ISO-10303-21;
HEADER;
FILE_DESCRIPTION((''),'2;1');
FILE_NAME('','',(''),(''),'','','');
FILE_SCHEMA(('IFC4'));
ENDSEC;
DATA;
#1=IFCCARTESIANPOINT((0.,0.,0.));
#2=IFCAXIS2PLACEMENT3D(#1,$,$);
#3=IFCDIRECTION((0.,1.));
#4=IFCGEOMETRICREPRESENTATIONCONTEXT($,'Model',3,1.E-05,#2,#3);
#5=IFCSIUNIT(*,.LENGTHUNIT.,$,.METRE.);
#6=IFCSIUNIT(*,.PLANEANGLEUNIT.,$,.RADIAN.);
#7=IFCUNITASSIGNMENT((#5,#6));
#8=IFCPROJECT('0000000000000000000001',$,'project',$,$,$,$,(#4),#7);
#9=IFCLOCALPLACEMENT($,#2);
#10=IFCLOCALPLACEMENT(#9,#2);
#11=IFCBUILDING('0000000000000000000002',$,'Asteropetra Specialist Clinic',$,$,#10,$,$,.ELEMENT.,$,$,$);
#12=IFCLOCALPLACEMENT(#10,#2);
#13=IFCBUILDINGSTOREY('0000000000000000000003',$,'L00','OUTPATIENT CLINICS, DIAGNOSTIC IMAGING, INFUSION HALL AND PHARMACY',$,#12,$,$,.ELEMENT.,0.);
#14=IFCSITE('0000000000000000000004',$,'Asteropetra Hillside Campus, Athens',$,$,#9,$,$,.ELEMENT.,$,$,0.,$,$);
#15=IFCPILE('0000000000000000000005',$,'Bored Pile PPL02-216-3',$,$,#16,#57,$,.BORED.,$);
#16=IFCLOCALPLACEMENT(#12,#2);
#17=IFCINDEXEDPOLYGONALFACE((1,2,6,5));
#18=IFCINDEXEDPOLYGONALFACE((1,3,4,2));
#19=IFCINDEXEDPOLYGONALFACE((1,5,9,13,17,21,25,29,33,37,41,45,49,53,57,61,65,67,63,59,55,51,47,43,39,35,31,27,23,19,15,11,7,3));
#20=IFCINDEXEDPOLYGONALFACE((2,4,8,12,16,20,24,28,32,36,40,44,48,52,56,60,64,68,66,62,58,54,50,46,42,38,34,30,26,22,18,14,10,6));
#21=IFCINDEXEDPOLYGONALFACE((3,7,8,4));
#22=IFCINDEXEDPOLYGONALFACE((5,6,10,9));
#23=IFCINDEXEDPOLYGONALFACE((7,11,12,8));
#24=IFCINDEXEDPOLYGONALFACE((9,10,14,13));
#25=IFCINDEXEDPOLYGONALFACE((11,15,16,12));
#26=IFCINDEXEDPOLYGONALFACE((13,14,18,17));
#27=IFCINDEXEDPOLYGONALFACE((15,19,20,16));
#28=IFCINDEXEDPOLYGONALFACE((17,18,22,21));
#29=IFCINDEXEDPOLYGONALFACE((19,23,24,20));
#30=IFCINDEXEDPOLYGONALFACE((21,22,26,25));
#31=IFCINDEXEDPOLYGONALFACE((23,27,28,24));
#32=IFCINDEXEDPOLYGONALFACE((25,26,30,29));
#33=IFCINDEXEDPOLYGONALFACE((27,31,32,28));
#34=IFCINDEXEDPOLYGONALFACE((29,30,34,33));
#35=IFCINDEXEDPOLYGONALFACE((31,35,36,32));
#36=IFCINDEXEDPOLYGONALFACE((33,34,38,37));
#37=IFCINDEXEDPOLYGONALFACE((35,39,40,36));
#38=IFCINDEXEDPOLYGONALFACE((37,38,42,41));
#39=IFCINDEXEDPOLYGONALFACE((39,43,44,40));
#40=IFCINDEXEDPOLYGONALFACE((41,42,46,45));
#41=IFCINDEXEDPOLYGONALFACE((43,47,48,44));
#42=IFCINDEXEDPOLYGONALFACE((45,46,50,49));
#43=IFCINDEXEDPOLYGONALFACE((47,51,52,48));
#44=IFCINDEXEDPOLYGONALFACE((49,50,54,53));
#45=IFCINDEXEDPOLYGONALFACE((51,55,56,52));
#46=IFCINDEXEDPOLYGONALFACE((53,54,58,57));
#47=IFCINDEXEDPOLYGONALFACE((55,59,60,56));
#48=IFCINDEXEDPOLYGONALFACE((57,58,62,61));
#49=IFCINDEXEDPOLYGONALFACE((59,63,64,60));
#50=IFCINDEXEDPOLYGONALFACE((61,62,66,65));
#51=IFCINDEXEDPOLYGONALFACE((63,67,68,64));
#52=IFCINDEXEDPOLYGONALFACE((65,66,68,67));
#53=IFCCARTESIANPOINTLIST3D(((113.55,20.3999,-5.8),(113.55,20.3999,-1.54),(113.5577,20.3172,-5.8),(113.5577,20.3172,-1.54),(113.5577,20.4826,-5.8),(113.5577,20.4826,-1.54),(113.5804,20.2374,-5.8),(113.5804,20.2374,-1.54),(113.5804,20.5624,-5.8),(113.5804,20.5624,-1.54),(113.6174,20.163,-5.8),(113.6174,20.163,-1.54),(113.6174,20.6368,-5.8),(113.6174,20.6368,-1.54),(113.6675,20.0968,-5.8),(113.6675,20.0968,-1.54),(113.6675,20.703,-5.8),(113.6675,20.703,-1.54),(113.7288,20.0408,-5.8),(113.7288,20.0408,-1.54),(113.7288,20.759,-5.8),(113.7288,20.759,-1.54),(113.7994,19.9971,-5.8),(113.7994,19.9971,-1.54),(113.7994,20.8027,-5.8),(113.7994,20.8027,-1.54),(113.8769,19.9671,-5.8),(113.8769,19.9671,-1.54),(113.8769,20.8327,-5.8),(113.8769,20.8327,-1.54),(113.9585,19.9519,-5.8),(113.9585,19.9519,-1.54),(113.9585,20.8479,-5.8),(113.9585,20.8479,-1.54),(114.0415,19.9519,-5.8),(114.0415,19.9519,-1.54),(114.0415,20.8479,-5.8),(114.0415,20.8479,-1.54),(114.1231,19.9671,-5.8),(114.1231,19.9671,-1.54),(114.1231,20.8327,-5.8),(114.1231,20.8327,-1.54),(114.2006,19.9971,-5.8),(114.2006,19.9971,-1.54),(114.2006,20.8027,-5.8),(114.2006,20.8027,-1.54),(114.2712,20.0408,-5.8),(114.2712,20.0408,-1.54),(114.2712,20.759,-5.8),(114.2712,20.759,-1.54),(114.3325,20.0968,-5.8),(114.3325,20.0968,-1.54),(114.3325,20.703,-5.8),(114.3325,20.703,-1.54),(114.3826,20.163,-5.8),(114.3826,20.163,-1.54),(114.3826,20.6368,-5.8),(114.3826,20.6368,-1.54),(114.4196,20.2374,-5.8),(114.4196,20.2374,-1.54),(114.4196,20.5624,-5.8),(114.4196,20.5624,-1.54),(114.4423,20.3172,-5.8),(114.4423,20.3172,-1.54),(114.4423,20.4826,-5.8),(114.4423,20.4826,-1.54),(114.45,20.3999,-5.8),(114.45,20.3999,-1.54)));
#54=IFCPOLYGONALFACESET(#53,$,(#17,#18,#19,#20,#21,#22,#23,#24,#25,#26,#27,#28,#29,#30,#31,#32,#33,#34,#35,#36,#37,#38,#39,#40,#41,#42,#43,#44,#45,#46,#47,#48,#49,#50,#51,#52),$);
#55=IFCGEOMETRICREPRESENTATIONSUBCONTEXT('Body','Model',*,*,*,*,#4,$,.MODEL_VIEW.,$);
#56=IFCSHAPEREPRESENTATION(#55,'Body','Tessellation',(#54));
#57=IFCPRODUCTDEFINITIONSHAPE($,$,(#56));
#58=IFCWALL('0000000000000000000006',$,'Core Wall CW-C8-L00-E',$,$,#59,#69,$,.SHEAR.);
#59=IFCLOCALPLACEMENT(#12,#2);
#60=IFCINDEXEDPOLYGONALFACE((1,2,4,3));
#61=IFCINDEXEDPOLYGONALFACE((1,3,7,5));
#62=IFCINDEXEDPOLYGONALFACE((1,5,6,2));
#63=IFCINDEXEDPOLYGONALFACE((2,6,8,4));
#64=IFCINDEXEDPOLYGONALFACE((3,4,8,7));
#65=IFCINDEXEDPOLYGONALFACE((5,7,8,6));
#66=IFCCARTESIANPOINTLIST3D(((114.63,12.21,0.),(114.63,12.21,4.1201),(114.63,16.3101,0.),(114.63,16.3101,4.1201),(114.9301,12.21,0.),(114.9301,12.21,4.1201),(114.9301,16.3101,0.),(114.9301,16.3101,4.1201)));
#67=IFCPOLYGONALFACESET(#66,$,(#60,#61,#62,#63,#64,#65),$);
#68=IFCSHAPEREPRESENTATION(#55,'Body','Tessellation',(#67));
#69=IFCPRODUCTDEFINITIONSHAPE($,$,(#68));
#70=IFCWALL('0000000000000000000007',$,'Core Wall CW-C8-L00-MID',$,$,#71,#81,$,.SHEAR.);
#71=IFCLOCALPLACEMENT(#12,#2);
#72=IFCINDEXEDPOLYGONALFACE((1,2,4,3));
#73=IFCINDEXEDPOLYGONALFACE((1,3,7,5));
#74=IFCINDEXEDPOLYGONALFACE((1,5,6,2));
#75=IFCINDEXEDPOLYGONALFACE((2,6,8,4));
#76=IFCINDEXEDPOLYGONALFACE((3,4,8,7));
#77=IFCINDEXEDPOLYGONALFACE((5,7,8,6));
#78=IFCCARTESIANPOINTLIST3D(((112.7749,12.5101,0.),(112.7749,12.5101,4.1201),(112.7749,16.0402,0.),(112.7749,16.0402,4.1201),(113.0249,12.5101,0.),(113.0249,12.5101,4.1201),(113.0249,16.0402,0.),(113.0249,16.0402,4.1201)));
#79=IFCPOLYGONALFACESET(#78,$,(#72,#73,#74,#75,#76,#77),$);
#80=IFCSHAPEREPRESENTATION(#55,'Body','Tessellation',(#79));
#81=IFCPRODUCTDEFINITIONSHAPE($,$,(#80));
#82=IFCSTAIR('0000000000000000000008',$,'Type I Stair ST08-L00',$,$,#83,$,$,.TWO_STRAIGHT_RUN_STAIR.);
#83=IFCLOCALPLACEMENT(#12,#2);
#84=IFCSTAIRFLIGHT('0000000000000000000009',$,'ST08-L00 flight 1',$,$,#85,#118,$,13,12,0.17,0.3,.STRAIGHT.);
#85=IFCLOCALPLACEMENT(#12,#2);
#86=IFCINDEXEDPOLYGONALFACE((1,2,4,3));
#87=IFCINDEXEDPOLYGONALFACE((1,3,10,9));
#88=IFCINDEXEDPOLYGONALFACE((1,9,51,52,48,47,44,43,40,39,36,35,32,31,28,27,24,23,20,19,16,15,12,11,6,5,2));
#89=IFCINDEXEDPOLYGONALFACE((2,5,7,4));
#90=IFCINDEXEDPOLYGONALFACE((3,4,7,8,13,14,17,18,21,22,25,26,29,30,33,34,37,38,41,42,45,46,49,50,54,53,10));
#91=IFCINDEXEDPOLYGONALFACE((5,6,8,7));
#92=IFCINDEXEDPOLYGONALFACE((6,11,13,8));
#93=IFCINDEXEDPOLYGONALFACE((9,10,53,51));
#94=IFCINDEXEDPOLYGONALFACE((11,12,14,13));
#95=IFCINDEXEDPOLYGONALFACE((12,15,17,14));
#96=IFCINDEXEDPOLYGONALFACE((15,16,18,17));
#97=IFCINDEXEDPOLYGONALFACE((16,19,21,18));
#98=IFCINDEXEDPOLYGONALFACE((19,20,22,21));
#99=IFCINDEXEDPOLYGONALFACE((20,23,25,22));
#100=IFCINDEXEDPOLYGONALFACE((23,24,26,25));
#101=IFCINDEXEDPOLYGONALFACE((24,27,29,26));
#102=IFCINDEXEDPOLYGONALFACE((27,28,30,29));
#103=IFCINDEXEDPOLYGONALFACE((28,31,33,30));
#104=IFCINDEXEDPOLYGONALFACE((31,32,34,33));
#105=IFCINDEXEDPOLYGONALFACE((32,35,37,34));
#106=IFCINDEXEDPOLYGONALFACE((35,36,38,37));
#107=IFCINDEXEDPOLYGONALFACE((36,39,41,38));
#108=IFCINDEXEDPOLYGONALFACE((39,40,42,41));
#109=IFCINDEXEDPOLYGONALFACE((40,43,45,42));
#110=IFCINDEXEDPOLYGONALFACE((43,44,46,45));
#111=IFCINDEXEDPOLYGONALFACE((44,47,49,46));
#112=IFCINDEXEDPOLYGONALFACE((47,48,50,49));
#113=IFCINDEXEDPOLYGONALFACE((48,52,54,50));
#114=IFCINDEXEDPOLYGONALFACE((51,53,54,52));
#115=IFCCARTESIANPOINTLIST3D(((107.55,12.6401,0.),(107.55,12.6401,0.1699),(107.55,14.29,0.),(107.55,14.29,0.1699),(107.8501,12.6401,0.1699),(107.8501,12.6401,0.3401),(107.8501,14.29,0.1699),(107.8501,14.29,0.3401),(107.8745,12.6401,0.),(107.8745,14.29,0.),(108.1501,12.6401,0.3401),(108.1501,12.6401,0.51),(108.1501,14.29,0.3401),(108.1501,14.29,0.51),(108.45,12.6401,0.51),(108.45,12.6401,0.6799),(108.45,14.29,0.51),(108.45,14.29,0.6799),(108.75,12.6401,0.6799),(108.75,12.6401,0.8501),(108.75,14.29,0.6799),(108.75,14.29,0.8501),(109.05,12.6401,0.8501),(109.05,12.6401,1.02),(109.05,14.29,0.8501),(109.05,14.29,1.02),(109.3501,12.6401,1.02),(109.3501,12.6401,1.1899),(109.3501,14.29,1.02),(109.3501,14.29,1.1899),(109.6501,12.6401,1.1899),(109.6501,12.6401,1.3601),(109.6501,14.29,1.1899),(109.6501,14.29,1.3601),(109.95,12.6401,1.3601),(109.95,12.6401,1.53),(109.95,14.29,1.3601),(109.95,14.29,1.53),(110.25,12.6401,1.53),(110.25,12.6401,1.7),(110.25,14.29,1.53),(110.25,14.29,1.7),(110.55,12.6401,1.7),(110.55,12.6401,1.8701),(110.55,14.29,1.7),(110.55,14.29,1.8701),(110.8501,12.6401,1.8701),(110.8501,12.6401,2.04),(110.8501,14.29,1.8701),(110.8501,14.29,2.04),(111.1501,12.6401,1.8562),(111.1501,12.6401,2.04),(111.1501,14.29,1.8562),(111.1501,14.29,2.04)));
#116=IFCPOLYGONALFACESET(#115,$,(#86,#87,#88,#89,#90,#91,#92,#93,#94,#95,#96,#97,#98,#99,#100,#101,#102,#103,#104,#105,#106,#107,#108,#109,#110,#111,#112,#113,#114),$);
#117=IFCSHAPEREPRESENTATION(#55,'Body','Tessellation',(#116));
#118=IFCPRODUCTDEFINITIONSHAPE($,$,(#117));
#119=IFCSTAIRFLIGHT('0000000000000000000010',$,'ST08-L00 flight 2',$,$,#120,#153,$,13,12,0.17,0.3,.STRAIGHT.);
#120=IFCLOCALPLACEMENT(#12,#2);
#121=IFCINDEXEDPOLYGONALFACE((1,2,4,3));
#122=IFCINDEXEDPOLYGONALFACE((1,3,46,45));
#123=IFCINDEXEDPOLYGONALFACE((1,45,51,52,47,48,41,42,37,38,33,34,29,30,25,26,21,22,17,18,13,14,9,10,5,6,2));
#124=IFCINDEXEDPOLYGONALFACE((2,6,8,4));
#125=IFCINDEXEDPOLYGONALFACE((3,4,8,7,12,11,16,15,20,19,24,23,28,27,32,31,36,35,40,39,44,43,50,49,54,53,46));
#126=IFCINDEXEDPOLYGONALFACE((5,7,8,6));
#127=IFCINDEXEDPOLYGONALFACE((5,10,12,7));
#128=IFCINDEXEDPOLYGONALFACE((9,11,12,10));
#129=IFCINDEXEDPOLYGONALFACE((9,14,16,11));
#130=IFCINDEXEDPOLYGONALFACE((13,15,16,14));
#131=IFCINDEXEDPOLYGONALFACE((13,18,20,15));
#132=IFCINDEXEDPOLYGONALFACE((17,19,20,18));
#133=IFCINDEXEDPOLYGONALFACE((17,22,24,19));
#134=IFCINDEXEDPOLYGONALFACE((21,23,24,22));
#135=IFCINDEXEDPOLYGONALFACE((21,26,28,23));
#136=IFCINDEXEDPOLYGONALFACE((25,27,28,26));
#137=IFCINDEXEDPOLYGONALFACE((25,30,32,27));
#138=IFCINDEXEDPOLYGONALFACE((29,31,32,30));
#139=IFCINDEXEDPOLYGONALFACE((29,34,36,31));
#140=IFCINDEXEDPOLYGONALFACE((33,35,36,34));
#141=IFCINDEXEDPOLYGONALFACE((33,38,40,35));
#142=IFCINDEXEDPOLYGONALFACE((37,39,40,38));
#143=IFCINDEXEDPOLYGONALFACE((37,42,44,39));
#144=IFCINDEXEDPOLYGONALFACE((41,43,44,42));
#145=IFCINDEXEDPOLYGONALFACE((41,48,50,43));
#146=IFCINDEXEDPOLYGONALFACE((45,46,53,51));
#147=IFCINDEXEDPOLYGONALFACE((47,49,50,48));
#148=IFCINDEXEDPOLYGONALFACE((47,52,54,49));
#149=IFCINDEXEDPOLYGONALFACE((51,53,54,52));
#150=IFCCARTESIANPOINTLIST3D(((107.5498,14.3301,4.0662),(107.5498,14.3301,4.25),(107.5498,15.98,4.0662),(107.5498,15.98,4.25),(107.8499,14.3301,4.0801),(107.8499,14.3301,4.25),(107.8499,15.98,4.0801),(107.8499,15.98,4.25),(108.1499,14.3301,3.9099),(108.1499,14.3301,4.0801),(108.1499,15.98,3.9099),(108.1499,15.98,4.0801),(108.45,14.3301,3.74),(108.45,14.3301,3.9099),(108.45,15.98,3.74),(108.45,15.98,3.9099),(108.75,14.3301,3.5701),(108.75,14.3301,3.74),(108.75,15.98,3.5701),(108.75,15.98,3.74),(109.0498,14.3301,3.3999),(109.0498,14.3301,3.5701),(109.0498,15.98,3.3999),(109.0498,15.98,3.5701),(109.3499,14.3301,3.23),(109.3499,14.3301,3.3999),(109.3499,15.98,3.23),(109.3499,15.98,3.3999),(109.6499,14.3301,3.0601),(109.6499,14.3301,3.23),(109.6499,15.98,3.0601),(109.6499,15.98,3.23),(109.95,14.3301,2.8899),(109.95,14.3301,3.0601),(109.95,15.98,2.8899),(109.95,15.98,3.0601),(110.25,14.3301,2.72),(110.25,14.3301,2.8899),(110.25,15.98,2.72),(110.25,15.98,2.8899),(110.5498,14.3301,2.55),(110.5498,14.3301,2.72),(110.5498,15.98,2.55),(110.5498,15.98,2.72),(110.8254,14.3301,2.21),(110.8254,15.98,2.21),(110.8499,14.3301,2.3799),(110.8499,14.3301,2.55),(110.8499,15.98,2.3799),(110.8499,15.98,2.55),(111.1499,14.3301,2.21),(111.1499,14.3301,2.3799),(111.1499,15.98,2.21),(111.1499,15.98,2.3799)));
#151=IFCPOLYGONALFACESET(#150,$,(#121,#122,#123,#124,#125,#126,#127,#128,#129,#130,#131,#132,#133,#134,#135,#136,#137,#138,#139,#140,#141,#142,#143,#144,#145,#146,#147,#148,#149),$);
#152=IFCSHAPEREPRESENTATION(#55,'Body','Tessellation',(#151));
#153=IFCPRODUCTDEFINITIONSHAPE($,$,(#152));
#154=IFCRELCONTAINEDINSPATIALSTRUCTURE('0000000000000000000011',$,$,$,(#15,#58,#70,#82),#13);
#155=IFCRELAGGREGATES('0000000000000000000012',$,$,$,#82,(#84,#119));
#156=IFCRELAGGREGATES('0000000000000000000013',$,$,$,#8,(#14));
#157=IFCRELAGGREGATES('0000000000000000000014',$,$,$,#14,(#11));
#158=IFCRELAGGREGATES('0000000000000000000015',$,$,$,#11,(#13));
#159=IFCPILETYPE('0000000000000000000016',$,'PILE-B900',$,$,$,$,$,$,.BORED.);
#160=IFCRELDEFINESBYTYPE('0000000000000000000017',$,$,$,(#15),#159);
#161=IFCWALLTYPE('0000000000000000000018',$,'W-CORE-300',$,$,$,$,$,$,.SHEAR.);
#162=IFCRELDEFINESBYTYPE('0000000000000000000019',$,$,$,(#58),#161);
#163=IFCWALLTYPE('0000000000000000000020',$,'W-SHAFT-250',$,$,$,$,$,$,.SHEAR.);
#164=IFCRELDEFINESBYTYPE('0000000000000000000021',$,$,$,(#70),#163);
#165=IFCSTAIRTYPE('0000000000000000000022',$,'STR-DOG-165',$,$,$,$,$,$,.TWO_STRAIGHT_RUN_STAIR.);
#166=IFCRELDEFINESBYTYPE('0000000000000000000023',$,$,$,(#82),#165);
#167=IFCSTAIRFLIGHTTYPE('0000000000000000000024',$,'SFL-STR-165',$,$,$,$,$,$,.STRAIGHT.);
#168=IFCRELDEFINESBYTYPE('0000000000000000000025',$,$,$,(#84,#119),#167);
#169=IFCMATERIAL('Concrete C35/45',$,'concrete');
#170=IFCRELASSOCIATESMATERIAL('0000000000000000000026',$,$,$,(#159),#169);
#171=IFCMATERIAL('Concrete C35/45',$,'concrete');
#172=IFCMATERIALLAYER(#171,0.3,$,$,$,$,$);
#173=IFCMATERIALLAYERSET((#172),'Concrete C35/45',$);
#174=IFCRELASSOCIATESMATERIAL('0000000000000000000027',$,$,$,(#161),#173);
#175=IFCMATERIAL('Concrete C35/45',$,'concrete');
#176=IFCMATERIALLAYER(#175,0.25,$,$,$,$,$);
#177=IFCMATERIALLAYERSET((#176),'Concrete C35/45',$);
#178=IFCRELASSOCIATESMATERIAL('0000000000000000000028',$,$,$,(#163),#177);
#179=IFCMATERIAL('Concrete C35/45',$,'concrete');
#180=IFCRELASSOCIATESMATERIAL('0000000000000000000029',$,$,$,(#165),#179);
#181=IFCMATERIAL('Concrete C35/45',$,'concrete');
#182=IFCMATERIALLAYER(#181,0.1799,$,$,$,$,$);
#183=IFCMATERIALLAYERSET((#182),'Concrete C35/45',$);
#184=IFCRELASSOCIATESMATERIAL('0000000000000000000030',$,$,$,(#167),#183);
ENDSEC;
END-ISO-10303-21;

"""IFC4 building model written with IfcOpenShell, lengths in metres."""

from ifc_helpers import new_model, si_unit, direction, frame, frame_2d, origin, origin_2d, place, context, subcontext, project, spatial, polyline, rectangle, circle, outline, extrude, material, layer, layer_set, material_profile, profile_set, type_object, element, aggregate, save


model = new_model("IFC4")

# Units and contexts
model_context = context("Model", 3, precision=1e-05, world=origin(), true_north=direction((0.0, 1.0)))
body_context = subcontext(model_context, "Body", "Model", "MODEL_VIEW")
ifc_project = project(units=[si_unit("LENGTHUNIT", "METRE"), si_unit("PLANEANGLEUNIT", "RADIAN")], contexts=[model_context])

# Site, building, storey
site_placement = place(None, origin())
site = spatial("IfcSite", under=ifc_project, at=site_placement, Name="Asteropetra Hillside Campus, Athens", CompositionType="ELEMENT", RefElevation=0.0)
building_placement = place(site_placement, origin())
building = spatial("IfcBuilding", under=site, at=building_placement, Name="Asteropetra Specialist Clinic", CompositionType="ELEMENT")
storey_placement = place(building_placement, origin())
storey = spatial("IfcBuildingStorey", under=building, at=storey_placement, Name="L00", Description="OUTPATIENT CLINICS, DIAGNOSTIC IMAGING, INFUSION HALL AND PHARMACY", CompositionType="ELEMENT", Elevation=0.0)

# Pile
ifc_material_1 = material(Name="Concrete C35/45", Category="concrete")
ifc_material_profile_1 = material_profile(ifc_material_1, circle(Radius=0.45, at=origin_2d()), Name="PILE D900")
ifc_profile_set_1 = profile_set([ifc_material_profile_1], Name="Concrete C35/45")
pile_type_1 = type_object("IfcPileType", Name="PILE-B900", PredefinedType="BORED", material=ifc_profile_set_1)
for number, where, z_axis, x_axis, name in (
    (1, (114.0, 20.3999, -1.54), (0.0, 0.0, -1.0), (1.0, 0.0, 0.0), "Bored Pile PPL02-216-3"),
):
    element("IfcPile", number, at=place(storey_placement, frame(where, z_axis=z_axis, x_axis=x_axis)), inside=storey, type_object=pile_type_1, Name=name, PredefinedType="BORED", context=body_context, shape_type="SweptSolid", body=[
        extrude(circle(Radius=0.45, at=origin_2d()), origin(), (0.0, 0.0, 1.0), 4.26),
    ])

# Walls
ifc_material_2 = material(Name="Concrete C35/45", Category="concrete")
ifc_layer_1 = layer(ifc_material_2, 0.3)
ifc_layer_set_1 = layer_set([ifc_layer_1], Name="Concrete C35/45")
wall_type_1 = type_object("IfcWallType", Name="W-CORE-300", PredefinedType="SHEAR", material=ifc_layer_set_1)
wall_1_placement = place(storey_placement, frame((114.78, 12.21, 0.0), z_axis=(0.0, 0.0, 1.0), x_axis=(0.0, 1.0, 0.0)))
element("IfcWall", 2, at=wall_1_placement, inside=storey, type_object=wall_type_1, Name="Core Wall CW-C8-L00-E", PredefinedType="SHEAR", context=body_context, shape_type="SweptSolid", body=[
    extrude(rectangle(XDim=4.1001, YDim=0.3, at=frame_2d((2.05, 0.0))), origin(), (0.0, 0.0, 1.0), 4.1201),
])
ifc_material_3 = material(Name="Concrete C35/45", Category="concrete")
ifc_layer_2 = layer(ifc_material_3, 0.25)
ifc_layer_set_2 = layer_set([ifc_layer_2], Name="Concrete C35/45")
wall_type_2 = type_object("IfcWallType", Name="W-SHAFT-250", PredefinedType="SHEAR", material=ifc_layer_set_2)
wall_2_placement = place(storey_placement, frame((112.8999, 12.51, 0.0), z_axis=(0.0, 0.0, 1.0), x_axis=(0.0, 1.0, 0.0)))
element("IfcWall", 3, at=wall_2_placement, inside=storey, type_object=wall_type_2, Name="Core Wall CW-C8-L00-MID", PredefinedType="SHEAR", context=body_context, shape_type="SweptSolid", body=[
    extrude(rectangle(XDim=3.53, YDim=0.25, at=frame_2d((1.7651, 0.0))), origin(), (0.0, 0.0, 1.0), 4.1201),
])

# Stair, stair flights
ifc_material_4 = material(Name="Concrete C35/45", Category="concrete")
stair_type = type_object("IfcStairType", Name="STR-DOG-165", PredefinedType="TWO_STRAIGHT_RUN_STAIR", material=ifc_material_4)
stair_placement = place(storey_placement, origin())
stair = element("IfcStair", 4, at=stair_placement, inside=storey, type_object=stair_type, Name="Type I Stair ST08-L00", PredefinedType="TWO_STRAIGHT_RUN_STAIR")
ifc_material_5 = material(Name="Concrete C35/45", Category="concrete")
ifc_layer_3 = layer(ifc_material_5, 0.1799)
ifc_layer_set_3 = layer_set([ifc_layer_3], Name="Concrete C35/45")
stair_flight_type = type_object("IfcStairFlightType", Name="SFL-STR-165", PredefinedType="STRAIGHT", material=ifc_layer_set_3)
stair_flight_1_placement = place(storey_placement, frame((107.55, 13.4651, 0.0), z_axis=(0.0, 0.0, 1.0), x_axis=(1.0, 0.0, 0.0)))
stair_flight_1 = element("IfcStairFlight", 5, at=stair_flight_1_placement, type_object=stair_flight_type, Name="ST08-L00 flight 1", NumberOfRisers=13, NumberOfTreads=12, PredefinedType="STRAIGHT", RiserHeight=0.17, TreadLength=0.3, context=body_context, shape_type="SweptSolid", body=[
    extrude(outline(polyline([(0.0, 0.0), (0.0, 0.1699), (0.3, 0.1699), (0.3, 0.3401), (0.6001, 0.3401), (0.6001, 0.51), (0.8999, 0.51), (0.8999, 0.6799), (1.2, 0.6799), (1.2, 0.8501), (1.5, 0.8501), (1.5, 1.02), (1.8, 1.02), (1.8, 1.1899), (2.1001, 1.1899), (2.1001, 1.3601), (2.3999, 1.3601), (2.3999, 1.53), (2.7, 1.53), (2.7, 1.7), (3.0, 1.7), (3.0, 1.8701), (3.3, 1.8701), (3.3, 2.04), (3.6001, 2.04), (3.6001, 2.21), (3.6001, 1.8562), (0.3245, 0.0), (0.0, 0.0)])), frame((0.0, 0.825, 0.0), z_axis=(0.0, -1.0, 0.0), x_axis=(1.0, 0.0, 0.0)), (0.0, 0.0, 1.0), 1.6499),
])
stair_flight_2_placement = place(storey_placement, frame((111.1499, 15.155, 2.21), z_axis=(0.0, 0.0, 1.0), x_axis=(-1.0, 0.0, 0.0)))
stair_flight_2 = element("IfcStairFlight", 6, at=stair_flight_2_placement, type_object=stair_flight_type, Name="ST08-L00 flight 2", NumberOfRisers=13, NumberOfTreads=12, PredefinedType="STRAIGHT", RiserHeight=0.17, TreadLength=0.3, context=body_context, shape_type="SweptSolid", body=[
    extrude(outline(polyline([(0.0, 0.0), (0.0, 0.1699), (0.3, 0.1699), (0.3, 0.3401), (0.6001, 0.3401), (0.6001, 0.51), (0.8999, 0.51), (0.8999, 0.6799), (1.2, 0.6799), (1.2, 0.8501), (1.5, 0.8501), (1.5, 1.02), (1.8, 1.02), (1.8, 1.1899), (2.1001, 1.1899), (2.1001, 1.3601), (2.3999, 1.3601), (2.3999, 1.53), (2.7, 1.53), (2.7, 1.7), (3.0, 1.7), (3.0, 1.8701), (3.3, 1.8701), (3.3, 2.04), (3.6001, 2.04), (3.6001, 2.21), (3.6001, 1.8562), (0.3245, 0.0), (0.0, 0.0)])), frame((0.0, 0.825, 0.0), z_axis=(0.0, -1.0, 0.0), x_axis=(1.0, 0.0, 0.0)), (0.0, 0.0, 1.0), 1.6499),
])
aggregate(stair, [stair_flight_1, stair_flight_2])

save(model, "model.ifc")
